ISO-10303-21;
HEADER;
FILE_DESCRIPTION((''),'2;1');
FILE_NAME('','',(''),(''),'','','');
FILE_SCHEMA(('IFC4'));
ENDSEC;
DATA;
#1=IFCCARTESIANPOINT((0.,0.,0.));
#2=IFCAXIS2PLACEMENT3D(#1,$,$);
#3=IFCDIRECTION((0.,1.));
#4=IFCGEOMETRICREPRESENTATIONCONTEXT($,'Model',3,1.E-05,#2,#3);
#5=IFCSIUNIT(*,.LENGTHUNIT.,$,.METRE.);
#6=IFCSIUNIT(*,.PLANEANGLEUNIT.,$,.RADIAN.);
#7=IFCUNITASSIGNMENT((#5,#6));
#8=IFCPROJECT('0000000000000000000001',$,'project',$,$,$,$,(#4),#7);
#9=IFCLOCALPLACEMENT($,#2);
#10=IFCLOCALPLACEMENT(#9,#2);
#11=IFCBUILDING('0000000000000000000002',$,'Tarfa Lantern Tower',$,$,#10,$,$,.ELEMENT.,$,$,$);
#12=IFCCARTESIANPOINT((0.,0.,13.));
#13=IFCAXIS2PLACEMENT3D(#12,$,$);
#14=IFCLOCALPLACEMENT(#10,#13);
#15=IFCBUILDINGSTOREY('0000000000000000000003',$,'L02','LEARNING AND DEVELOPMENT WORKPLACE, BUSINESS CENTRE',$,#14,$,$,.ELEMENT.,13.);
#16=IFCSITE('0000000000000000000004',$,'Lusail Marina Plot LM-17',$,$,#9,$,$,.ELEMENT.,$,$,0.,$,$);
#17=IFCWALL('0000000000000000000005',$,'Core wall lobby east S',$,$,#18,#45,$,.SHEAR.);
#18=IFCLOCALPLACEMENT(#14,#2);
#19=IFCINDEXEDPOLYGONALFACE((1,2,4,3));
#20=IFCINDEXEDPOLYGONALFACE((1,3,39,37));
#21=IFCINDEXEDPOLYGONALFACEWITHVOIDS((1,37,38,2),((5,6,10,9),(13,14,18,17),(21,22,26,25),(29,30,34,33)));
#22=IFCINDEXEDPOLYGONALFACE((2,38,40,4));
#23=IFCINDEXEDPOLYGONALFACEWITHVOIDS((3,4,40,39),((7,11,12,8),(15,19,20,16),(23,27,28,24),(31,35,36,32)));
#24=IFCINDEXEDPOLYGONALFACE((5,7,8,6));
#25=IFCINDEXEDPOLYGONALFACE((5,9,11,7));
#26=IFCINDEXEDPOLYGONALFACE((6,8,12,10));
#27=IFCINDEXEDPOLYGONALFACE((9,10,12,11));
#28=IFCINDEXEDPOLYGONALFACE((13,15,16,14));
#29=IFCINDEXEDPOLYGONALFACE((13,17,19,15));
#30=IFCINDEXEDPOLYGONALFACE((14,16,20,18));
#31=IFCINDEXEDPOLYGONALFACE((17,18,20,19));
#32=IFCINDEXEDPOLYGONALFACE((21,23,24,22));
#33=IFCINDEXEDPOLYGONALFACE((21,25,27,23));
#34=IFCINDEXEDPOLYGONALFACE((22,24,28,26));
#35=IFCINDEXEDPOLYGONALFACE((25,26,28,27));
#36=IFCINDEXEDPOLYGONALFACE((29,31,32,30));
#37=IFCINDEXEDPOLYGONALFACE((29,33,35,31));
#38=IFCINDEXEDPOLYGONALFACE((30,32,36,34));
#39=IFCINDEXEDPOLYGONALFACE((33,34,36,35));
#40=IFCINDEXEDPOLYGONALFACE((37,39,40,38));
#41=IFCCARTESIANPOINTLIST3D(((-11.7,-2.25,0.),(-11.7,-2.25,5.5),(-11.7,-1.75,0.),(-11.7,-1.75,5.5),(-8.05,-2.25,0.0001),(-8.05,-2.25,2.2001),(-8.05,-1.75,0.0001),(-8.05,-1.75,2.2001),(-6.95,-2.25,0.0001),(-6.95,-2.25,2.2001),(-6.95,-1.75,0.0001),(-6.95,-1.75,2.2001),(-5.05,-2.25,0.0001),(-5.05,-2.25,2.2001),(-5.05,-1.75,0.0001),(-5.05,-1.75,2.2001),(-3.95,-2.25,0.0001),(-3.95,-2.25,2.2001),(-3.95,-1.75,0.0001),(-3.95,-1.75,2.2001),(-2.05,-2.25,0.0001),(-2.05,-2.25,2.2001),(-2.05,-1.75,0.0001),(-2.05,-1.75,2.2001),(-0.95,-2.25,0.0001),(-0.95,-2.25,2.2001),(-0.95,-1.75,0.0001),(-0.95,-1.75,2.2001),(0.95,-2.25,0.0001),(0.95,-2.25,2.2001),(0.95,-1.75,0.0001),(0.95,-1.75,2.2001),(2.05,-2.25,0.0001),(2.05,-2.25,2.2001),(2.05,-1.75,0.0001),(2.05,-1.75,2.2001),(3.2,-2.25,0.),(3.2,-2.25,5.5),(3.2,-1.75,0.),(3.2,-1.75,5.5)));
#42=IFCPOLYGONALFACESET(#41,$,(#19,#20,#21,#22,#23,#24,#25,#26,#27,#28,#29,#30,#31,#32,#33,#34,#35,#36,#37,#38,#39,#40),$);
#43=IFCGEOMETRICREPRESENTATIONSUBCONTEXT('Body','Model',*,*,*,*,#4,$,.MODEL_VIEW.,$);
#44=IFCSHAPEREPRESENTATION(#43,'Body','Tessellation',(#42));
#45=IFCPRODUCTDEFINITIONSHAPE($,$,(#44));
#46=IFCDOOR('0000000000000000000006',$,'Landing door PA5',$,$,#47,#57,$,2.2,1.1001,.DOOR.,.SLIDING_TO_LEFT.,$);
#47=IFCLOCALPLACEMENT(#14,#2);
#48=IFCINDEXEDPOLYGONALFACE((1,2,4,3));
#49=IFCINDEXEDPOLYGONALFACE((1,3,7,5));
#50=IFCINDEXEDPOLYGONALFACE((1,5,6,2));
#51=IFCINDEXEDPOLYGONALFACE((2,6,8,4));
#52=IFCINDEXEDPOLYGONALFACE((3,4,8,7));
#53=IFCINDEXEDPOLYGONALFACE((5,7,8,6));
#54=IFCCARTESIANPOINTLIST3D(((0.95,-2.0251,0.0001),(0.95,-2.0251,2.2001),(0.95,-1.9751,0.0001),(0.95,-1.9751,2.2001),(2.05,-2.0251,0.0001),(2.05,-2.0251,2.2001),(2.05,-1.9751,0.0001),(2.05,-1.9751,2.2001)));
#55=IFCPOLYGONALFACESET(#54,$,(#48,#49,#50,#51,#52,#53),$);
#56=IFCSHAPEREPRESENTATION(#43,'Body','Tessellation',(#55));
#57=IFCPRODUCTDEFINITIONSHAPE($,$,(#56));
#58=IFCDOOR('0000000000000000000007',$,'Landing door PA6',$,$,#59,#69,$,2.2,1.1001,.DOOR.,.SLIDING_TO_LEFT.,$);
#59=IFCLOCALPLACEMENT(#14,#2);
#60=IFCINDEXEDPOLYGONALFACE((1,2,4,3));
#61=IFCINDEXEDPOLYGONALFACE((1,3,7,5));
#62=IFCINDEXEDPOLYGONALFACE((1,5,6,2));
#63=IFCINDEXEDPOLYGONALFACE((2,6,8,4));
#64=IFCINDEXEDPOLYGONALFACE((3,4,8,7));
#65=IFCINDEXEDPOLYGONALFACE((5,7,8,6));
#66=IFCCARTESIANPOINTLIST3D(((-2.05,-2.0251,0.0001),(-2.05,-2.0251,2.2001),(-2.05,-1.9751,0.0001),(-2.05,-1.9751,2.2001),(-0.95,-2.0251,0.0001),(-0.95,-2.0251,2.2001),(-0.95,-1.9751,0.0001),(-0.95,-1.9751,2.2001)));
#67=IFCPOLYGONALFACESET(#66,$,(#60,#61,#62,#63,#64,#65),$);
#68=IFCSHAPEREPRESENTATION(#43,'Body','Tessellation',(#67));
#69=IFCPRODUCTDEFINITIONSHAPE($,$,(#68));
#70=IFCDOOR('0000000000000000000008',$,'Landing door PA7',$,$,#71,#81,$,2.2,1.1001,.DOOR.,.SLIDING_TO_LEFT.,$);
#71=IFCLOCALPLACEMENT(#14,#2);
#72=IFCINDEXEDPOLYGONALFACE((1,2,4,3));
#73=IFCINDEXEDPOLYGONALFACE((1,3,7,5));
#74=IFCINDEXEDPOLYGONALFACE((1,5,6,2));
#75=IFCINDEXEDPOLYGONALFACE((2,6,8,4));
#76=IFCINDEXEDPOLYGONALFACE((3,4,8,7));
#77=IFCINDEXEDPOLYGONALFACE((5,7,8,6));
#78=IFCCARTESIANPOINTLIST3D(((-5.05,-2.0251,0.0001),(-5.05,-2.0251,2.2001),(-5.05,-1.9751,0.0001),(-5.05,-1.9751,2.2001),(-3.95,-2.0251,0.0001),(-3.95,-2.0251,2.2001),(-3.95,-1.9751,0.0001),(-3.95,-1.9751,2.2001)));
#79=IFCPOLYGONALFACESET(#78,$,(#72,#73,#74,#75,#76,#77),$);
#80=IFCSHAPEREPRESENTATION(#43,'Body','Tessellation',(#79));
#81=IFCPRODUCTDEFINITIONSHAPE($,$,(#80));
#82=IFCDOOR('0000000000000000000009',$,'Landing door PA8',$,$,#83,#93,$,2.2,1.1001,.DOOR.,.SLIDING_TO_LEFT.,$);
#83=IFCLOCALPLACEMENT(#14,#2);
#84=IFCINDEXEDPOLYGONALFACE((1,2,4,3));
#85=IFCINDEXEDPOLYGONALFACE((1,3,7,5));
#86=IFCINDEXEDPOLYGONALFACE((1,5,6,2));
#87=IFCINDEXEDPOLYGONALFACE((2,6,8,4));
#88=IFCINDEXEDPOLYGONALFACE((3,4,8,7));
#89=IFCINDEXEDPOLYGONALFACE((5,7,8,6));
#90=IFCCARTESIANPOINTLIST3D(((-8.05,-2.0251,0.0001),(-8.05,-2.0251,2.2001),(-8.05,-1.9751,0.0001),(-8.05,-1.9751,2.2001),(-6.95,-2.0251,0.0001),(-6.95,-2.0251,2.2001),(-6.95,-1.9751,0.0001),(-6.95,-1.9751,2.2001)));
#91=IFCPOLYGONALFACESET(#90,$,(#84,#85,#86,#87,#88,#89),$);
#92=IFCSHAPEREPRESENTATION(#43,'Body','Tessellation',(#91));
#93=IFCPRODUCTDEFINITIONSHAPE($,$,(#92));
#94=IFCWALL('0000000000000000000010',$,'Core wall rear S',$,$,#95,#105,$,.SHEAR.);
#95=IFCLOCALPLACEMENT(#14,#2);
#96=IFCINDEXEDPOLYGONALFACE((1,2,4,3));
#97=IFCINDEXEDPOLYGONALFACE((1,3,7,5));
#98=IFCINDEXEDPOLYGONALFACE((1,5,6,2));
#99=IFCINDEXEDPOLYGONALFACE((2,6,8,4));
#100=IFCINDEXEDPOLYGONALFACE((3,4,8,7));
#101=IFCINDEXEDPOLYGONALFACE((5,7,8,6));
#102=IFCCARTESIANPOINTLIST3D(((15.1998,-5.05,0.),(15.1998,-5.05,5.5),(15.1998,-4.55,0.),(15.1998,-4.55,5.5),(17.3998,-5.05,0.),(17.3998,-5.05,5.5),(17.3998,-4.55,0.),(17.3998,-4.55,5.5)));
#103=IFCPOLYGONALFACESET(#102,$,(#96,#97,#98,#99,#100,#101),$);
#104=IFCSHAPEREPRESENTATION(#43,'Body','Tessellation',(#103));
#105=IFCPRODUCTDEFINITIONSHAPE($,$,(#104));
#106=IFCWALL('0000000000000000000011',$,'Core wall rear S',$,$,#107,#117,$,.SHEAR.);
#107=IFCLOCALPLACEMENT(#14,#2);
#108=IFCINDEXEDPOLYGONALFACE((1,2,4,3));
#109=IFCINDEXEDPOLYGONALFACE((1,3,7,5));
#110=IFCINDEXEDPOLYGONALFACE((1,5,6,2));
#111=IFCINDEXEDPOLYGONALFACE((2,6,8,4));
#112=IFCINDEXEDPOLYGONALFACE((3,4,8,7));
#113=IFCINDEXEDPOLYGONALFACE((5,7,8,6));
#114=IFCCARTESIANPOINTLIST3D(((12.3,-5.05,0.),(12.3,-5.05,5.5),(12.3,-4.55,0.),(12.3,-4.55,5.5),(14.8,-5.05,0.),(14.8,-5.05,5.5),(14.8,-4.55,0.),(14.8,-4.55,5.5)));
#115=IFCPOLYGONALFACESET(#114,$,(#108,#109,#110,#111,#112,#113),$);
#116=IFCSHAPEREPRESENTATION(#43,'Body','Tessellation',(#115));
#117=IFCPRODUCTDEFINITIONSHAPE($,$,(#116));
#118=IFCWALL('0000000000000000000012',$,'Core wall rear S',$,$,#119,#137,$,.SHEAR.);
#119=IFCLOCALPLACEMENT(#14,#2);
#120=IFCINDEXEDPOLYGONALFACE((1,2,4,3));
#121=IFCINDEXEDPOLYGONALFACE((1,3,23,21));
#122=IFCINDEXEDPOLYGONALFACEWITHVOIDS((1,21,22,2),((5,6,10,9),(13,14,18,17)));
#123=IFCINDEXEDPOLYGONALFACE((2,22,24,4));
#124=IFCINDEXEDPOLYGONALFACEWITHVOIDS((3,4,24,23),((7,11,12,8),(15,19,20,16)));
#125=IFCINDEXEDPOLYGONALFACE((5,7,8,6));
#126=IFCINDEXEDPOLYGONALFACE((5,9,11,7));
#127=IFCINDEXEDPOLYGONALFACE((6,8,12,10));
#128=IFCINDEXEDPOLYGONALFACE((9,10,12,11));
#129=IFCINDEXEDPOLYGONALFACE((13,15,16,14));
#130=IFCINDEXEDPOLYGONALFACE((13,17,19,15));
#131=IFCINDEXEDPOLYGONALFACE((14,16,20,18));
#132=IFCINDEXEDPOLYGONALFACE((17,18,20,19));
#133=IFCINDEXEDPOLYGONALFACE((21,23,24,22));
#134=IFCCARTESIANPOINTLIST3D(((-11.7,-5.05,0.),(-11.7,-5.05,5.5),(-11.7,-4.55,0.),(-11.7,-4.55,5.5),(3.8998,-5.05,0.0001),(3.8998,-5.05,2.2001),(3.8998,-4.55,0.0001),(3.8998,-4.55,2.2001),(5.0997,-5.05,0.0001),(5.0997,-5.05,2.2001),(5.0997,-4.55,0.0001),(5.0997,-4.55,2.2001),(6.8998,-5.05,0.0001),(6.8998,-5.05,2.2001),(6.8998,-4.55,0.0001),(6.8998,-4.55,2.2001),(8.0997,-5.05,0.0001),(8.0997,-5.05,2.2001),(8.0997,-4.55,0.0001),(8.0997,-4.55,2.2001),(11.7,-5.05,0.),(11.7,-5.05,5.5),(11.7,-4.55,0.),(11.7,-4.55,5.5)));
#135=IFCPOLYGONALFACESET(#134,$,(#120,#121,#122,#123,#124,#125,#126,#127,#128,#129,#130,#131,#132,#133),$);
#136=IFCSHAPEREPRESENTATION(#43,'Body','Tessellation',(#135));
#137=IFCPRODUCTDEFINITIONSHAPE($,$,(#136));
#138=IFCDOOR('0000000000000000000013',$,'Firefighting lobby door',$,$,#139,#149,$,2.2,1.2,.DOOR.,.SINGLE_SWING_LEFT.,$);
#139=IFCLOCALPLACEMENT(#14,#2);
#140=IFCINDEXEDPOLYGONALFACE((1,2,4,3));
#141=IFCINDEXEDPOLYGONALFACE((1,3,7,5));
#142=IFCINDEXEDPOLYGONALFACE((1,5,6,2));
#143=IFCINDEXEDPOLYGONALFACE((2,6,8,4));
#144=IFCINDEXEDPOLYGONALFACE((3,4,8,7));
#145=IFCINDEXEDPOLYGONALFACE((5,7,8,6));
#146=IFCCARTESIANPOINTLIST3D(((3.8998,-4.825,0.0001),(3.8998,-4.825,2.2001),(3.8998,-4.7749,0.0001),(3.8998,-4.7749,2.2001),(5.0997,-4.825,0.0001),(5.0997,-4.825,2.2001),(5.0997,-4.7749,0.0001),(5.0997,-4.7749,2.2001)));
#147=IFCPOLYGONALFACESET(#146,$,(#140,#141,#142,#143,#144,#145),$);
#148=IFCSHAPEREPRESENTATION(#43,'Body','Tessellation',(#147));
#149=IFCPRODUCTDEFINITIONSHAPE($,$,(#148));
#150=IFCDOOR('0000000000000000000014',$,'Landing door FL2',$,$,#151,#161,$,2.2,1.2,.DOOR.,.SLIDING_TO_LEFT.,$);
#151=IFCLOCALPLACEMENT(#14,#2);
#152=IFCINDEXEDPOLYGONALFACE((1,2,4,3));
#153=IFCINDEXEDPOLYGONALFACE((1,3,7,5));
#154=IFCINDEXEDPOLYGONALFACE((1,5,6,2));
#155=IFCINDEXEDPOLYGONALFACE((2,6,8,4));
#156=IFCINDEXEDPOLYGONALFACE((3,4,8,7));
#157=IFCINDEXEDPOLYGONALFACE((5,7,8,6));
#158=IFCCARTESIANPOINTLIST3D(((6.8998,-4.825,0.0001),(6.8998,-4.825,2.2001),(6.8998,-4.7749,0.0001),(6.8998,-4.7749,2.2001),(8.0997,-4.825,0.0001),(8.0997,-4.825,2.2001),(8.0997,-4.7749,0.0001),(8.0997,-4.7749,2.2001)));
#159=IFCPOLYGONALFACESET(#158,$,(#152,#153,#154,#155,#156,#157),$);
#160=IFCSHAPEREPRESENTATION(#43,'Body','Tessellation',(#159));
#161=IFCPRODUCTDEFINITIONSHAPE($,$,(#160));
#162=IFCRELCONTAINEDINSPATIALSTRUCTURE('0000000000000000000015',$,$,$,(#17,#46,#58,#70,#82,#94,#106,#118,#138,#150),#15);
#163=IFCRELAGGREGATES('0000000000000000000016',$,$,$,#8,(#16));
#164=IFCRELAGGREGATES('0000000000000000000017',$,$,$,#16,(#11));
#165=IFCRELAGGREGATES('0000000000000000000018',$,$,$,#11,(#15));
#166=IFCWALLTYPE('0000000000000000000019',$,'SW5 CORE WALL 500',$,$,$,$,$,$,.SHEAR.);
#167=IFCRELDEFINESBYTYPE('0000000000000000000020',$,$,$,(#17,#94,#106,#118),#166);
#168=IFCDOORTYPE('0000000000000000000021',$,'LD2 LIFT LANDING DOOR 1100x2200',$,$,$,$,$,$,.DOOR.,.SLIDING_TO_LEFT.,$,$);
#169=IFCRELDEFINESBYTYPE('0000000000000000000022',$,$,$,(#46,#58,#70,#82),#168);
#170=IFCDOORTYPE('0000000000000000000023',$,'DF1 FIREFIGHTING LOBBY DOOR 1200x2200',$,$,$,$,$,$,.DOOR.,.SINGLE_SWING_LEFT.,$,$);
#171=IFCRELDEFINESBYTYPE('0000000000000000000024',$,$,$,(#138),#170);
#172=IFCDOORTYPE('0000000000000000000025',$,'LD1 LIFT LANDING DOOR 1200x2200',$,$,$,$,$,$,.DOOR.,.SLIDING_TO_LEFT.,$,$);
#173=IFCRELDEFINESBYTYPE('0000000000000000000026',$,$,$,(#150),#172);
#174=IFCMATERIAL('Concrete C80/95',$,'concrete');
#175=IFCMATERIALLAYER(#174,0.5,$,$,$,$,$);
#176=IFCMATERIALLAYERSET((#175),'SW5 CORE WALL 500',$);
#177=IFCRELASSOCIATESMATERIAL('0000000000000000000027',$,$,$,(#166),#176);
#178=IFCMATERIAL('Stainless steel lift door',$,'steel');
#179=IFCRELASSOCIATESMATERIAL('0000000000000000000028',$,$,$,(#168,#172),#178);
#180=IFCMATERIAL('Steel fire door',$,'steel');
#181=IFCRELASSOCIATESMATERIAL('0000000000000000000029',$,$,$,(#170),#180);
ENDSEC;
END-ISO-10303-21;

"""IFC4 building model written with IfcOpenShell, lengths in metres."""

from ifc_helpers import new_model, si_unit, direction, frame, frame_2d, origin, place, context, subcontext, project, spatial, rectangle, extrude, material, layer, layer_set, type_object, element, fill, save


model = new_model("IFC4")

# Units and contexts
model_context = context("Model", 3, precision=1e-05, world=origin(), true_north=direction((0.0, 1.0)))
body_context = subcontext(model_context, "Body", "Model", "MODEL_VIEW")
ifc_project = project(units=[si_unit("LENGTHUNIT", "METRE"), si_unit("PLANEANGLEUNIT", "RADIAN")], contexts=[model_context])

# Site, building, storey
site_placement = place(None, origin())
site = spatial("IfcSite", under=ifc_project, at=site_placement, Name="Lusail Marina Plot LM-17", CompositionType="ELEMENT", RefElevation=0.0)
building_placement = place(site_placement, origin())
building = spatial("IfcBuilding", under=site, at=building_placement, Name="Tarfa Lantern Tower", CompositionType="ELEMENT")
storey_placement = place(building_placement, frame((0.0, 0.0, 13.0)))
storey = spatial("IfcBuildingStorey", under=building, at=storey_placement, Name="L02", Description="LEARNING AND DEVELOPMENT WORKPLACE, BUSINESS CENTRE", CompositionType="ELEMENT", Elevation=13.0)

# Shared definitions
ifc_material_1 = material(Name="Concrete C80/95", Category="concrete")

# Shared definitions
ifc_material_2 = material(Name="Steel fire door", Category="steel")

# Shared definitions
ifc_layer_1 = layer(ifc_material_1, 0.5)
ifc_layer_set_1 = layer_set([ifc_layer_1], Name="SW5 CORE WALL 500")
wall_type_1 = type_object("IfcWallType", Name="SW5 CORE WALL 500", PredefinedType="SHEAR", material=ifc_layer_set_1)

# Wall, openings, doors
wall_1_placement = place(storey_placement, frame((3.2, -2.0, 0.0), z_axis=(0.0, 0.0, 1.0), x_axis=(-1.0, 0.0, 0.0)))
wall_1 = element("IfcWall", 1, at=wall_1_placement, inside=storey, type_object=wall_type_1, Name="Core wall lobby east S", PredefinedType="SHEAR", context=body_context, shape_type="SweptSolid", body=[
    extrude(rectangle(XDim=14.8999, YDim=0.5, at=frame_2d((7.45, 0.0))), origin(), (0.0, 0.0, 1.0), 5.5),
])
opening_1_placement = place(wall_1_placement, frame((1.1499, 0.0, 0.0)))
opening_1 = element("IfcOpeningElement", 2, at=opening_1_placement, cuts=wall_1, PredefinedType="OPENING", context=body_context, shape_type="SweptSolid", body=[
    extrude(rectangle(XDim=1.1001, YDim=2.2, at=frame_2d((0.55, 1.1001))), frame((0.0, 0.26, 0.0), z_axis=(0.0, -1.0, 0.0), x_axis=(1.0, 0.0, 0.0)), (0.0, 0.0, 1.0), 0.52),
])
opening_2_placement = place(wall_1_placement, frame((4.1499, 0.0, 0.0)))
opening_2 = element("IfcOpeningElement", 3, at=opening_2_placement, cuts=wall_1, PredefinedType="OPENING", context=body_context, shape_type="SweptSolid", body=[
    extrude(rectangle(XDim=1.1001, YDim=2.2, at=frame_2d((0.55, 1.1001))), frame((0.0, 0.26, 0.0), z_axis=(0.0, -1.0, 0.0), x_axis=(1.0, 0.0, 0.0)), (0.0, 0.0, 1.0), 0.52),
])
opening_3_placement = place(wall_1_placement, frame((7.1499, 0.0, 0.0)))
opening_3 = element("IfcOpeningElement", 4, at=opening_3_placement, cuts=wall_1, PredefinedType="OPENING", context=body_context, shape_type="SweptSolid", body=[
    extrude(rectangle(XDim=1.1001, YDim=2.2, at=frame_2d((0.55, 1.1001))), frame((0.0, 0.26, 0.0), z_axis=(0.0, -1.0, 0.0), x_axis=(1.0, 0.0, 0.0)), (0.0, 0.0, 1.0), 0.52),
])
opening_4_placement = place(wall_1_placement, frame((10.1499, 0.0, 0.0)))
opening_4 = element("IfcOpeningElement", 5, at=opening_4_placement, cuts=wall_1, PredefinedType="OPENING", context=body_context, shape_type="SweptSolid", body=[
    extrude(rectangle(XDim=1.1001, YDim=2.2, at=frame_2d((0.55, 1.1001))), frame((0.0, 0.26, 0.0), z_axis=(0.0, -1.0, 0.0), x_axis=(1.0, 0.0, 0.0)), (0.0, 0.0, 1.0), 0.52),
])
ifc_material_3 = material(Name="Stainless steel lift door", Category="steel")
door_type_1 = type_object("IfcDoorType", Name="LD2 LIFT LANDING DOOR 1100x2200", OperationType="SLIDING_TO_LEFT", PredefinedType="DOOR", material=ifc_material_3)
door_1_placement = place(opening_1_placement, frame((1.1001, 0.0, 0.0), z_axis=(0.0, 0.0, 1.0), x_axis=(-1.0, 0.0, 0.0)))
door_1 = element("IfcDoor", 6, at=door_1_placement, inside=storey, type_object=door_type_1, Name="Landing door PA5", OperationType="SLIDING_TO_LEFT", OverallHeight=2.2, OverallWidth=1.1001, PredefinedType="DOOR", context=body_context, shape_type="SweptSolid", body=[
    extrude(rectangle(XDim=1.1001, YDim=2.2, at=frame_2d((0.55, 1.1001))), frame((0.0, 0.0249, 0.0), z_axis=(0.0, -1.0, 0.0), x_axis=(1.0, 0.0, 0.0)), (0.0, 0.0, 1.0), 0.05),
])
fill(opening_1, door_1)
door_2_placement = place(opening_2_placement, frame((1.1001, 0.0, 0.0), z_axis=(0.0, 0.0, 1.0), x_axis=(-1.0, 0.0, 0.0)))
door_2 = element("IfcDoor", 7, at=door_2_placement, inside=storey, type_object=door_type_1, Name="Landing door PA6", OperationType="SLIDING_TO_LEFT", OverallHeight=2.2, OverallWidth=1.1001, PredefinedType="DOOR", context=body_context, shape_type="SweptSolid", body=[
    extrude(rectangle(XDim=1.1001, YDim=2.2, at=frame_2d((0.55, 1.1001))), frame((0.0, 0.0249, 0.0), z_axis=(0.0, -1.0, 0.0), x_axis=(1.0, 0.0, 0.0)), (0.0, 0.0, 1.0), 0.05),
])
fill(opening_2, door_2)
door_3_placement = place(opening_3_placement, frame((1.1001, 0.0, 0.0), z_axis=(0.0, 0.0, 1.0), x_axis=(-1.0, 0.0, 0.0)))
door_3 = element("IfcDoor", 8, at=door_3_placement, inside=storey, type_object=door_type_1, Name="Landing door PA7", OperationType="SLIDING_TO_LEFT", OverallHeight=2.2, OverallWidth=1.1001, PredefinedType="DOOR", context=body_context, shape_type="SweptSolid", body=[
    extrude(rectangle(XDim=1.1001, YDim=2.2, at=frame_2d((0.55, 1.1001))), frame((0.0, 0.0249, 0.0), z_axis=(0.0, -1.0, 0.0), x_axis=(1.0, 0.0, 0.0)), (0.0, 0.0, 1.0), 0.05),
])
fill(opening_3, door_3)
door_4_placement = place(opening_4_placement, frame((1.1001, 0.0, 0.0), z_axis=(0.0, 0.0, 1.0), x_axis=(-1.0, 0.0, 0.0)))
door_4 = element("IfcDoor", 9, at=door_4_placement, inside=storey, type_object=door_type_1, Name="Landing door PA8", OperationType="SLIDING_TO_LEFT", OverallHeight=2.2, OverallWidth=1.1001, PredefinedType="DOOR", context=body_context, shape_type="SweptSolid", body=[
    extrude(rectangle(XDim=1.1001, YDim=2.2, at=frame_2d((0.55, 1.1001))), frame((0.0, 0.0249, 0.0), z_axis=(0.0, -1.0, 0.0), x_axis=(1.0, 0.0, 0.0)), (0.0, 0.0, 1.0), 0.05),
])
fill(opening_4, door_4)

# Walls
wall_2_placement = place(storey_placement, frame((17.3999, -4.8, 0.0), z_axis=(0.0, 0.0, 1.0), x_axis=(-1.0, 0.0, 0.0)))
element("IfcWall", 10, at=wall_2_placement, inside=storey, type_object=wall_type_1, Name="Core wall rear S", PredefinedType="SHEAR", context=body_context, shape_type="SweptSolid", body=[
    extrude(rectangle(XDim=2.2, YDim=0.5, at=frame_2d((1.1001, 0.0))), origin(), (0.0, 0.0, 1.0), 5.5),
])
wall_3_placement = place(storey_placement, frame((14.8, -4.8, 0.0), z_axis=(0.0, 0.0, 1.0), x_axis=(-1.0, 0.0, 0.0)))
element("IfcWall", 11, at=wall_3_placement, inside=storey, type_object=wall_type_1, Name="Core wall rear S", PredefinedType="SHEAR", context=body_context, shape_type="SweptSolid", body=[
    extrude(rectangle(XDim=2.5, YDim=0.5, at=frame_2d((1.25, 0.0))), origin(), (0.0, 0.0, 1.0), 5.5),
])

# Wall, openings, doors
wall_4_placement = place(storey_placement, frame((11.7, -4.8, 0.0), z_axis=(0.0, 0.0, 1.0), x_axis=(-1.0, 0.0, 0.0)))
wall_4 = element("IfcWall", 12, at=wall_4_placement, inside=storey, type_object=wall_type_1, Name="Core wall rear S", PredefinedType="SHEAR", context=body_context, shape_type="SweptSolid", body=[
    extrude(rectangle(XDim=23.3999, YDim=0.5, at=frame_2d((11.7, 0.0))), origin(), (0.0, 0.0, 1.0), 5.5),
])
opening_5_placement = place(wall_4_placement, frame((6.6001, 0.0, 0.0)))
opening_5 = element("IfcOpeningElement", 13, at=opening_5_placement, cuts=wall_4, PredefinedType="OPENING", context=body_context, shape_type="SweptSolid", body=[
    extrude(rectangle(XDim=1.2, YDim=2.2, at=frame_2d((0.6001, 1.1001))), frame((0.0, 0.26, 0.0), z_axis=(0.0, -1.0, 0.0), x_axis=(1.0, 0.0, 0.0)), (0.0, 0.0, 1.0), 0.52),
])
opening_6_placement = place(wall_4_placement, frame((3.6001, 0.0, 0.0)))
opening_6 = element("IfcOpeningElement", 14, at=opening_6_placement, cuts=wall_4, PredefinedType="OPENING", context=body_context, shape_type="SweptSolid", body=[
    extrude(rectangle(XDim=1.2, YDim=2.2, at=frame_2d((0.6001, 1.1001))), frame((0.0, 0.26, 0.0), z_axis=(0.0, -1.0, 0.0), x_axis=(1.0, 0.0, 0.0)), (0.0, 0.0, 1.0), 0.52),
])
door_type_2 = type_object("IfcDoorType", Name="DF1 FIREFIGHTING LOBBY DOOR 1200x2200", OperationType="SINGLE_SWING_LEFT", PredefinedType="DOOR", material=ifc_material_2)
door_5_placement = place(opening_5_placement, origin())
door_5 = element("IfcDoor", 15, at=door_5_placement, inside=storey, type_object=door_type_2, Name="Firefighting lobby door", OperationType="SINGLE_SWING_LEFT", OverallHeight=2.2, OverallWidth=1.2, PredefinedType="DOOR", context=body_context, shape_type="SweptSolid", body=[
    extrude(rectangle(XDim=1.2, YDim=2.2, at=frame_2d((0.6001, 1.1001))), frame((0.0, 0.0249, 0.0), z_axis=(0.0, -1.0, 0.0), x_axis=(1.0, 0.0, 0.0)), (0.0, 0.0, 1.0), 0.05),
])
fill(opening_5, door_5)
door_type_3 = type_object("IfcDoorType", Name="LD1 LIFT LANDING DOOR 1200x2200", OperationType="SLIDING_TO_LEFT", PredefinedType="DOOR", material=ifc_material_3)
door_6_placement = place(opening_6_placement, origin())
door_6 = element("IfcDoor", 16, at=door_6_placement, inside=storey, type_object=door_type_3, Name="Landing door FL2", OperationType="SLIDING_TO_LEFT", OverallHeight=2.2, OverallWidth=1.2, PredefinedType="DOOR", context=body_context, shape_type="SweptSolid", body=[
    extrude(rectangle(XDim=1.2, YDim=2.2, at=frame_2d((0.6001, 1.1001))), frame((0.0, 0.0249, 0.0), z_axis=(0.0, -1.0, 0.0), x_axis=(1.0, 0.0, 0.0)), (0.0, 0.0, 1.0), 0.05),
])
fill(opening_6, door_6)

save(model, "model.ifc")
